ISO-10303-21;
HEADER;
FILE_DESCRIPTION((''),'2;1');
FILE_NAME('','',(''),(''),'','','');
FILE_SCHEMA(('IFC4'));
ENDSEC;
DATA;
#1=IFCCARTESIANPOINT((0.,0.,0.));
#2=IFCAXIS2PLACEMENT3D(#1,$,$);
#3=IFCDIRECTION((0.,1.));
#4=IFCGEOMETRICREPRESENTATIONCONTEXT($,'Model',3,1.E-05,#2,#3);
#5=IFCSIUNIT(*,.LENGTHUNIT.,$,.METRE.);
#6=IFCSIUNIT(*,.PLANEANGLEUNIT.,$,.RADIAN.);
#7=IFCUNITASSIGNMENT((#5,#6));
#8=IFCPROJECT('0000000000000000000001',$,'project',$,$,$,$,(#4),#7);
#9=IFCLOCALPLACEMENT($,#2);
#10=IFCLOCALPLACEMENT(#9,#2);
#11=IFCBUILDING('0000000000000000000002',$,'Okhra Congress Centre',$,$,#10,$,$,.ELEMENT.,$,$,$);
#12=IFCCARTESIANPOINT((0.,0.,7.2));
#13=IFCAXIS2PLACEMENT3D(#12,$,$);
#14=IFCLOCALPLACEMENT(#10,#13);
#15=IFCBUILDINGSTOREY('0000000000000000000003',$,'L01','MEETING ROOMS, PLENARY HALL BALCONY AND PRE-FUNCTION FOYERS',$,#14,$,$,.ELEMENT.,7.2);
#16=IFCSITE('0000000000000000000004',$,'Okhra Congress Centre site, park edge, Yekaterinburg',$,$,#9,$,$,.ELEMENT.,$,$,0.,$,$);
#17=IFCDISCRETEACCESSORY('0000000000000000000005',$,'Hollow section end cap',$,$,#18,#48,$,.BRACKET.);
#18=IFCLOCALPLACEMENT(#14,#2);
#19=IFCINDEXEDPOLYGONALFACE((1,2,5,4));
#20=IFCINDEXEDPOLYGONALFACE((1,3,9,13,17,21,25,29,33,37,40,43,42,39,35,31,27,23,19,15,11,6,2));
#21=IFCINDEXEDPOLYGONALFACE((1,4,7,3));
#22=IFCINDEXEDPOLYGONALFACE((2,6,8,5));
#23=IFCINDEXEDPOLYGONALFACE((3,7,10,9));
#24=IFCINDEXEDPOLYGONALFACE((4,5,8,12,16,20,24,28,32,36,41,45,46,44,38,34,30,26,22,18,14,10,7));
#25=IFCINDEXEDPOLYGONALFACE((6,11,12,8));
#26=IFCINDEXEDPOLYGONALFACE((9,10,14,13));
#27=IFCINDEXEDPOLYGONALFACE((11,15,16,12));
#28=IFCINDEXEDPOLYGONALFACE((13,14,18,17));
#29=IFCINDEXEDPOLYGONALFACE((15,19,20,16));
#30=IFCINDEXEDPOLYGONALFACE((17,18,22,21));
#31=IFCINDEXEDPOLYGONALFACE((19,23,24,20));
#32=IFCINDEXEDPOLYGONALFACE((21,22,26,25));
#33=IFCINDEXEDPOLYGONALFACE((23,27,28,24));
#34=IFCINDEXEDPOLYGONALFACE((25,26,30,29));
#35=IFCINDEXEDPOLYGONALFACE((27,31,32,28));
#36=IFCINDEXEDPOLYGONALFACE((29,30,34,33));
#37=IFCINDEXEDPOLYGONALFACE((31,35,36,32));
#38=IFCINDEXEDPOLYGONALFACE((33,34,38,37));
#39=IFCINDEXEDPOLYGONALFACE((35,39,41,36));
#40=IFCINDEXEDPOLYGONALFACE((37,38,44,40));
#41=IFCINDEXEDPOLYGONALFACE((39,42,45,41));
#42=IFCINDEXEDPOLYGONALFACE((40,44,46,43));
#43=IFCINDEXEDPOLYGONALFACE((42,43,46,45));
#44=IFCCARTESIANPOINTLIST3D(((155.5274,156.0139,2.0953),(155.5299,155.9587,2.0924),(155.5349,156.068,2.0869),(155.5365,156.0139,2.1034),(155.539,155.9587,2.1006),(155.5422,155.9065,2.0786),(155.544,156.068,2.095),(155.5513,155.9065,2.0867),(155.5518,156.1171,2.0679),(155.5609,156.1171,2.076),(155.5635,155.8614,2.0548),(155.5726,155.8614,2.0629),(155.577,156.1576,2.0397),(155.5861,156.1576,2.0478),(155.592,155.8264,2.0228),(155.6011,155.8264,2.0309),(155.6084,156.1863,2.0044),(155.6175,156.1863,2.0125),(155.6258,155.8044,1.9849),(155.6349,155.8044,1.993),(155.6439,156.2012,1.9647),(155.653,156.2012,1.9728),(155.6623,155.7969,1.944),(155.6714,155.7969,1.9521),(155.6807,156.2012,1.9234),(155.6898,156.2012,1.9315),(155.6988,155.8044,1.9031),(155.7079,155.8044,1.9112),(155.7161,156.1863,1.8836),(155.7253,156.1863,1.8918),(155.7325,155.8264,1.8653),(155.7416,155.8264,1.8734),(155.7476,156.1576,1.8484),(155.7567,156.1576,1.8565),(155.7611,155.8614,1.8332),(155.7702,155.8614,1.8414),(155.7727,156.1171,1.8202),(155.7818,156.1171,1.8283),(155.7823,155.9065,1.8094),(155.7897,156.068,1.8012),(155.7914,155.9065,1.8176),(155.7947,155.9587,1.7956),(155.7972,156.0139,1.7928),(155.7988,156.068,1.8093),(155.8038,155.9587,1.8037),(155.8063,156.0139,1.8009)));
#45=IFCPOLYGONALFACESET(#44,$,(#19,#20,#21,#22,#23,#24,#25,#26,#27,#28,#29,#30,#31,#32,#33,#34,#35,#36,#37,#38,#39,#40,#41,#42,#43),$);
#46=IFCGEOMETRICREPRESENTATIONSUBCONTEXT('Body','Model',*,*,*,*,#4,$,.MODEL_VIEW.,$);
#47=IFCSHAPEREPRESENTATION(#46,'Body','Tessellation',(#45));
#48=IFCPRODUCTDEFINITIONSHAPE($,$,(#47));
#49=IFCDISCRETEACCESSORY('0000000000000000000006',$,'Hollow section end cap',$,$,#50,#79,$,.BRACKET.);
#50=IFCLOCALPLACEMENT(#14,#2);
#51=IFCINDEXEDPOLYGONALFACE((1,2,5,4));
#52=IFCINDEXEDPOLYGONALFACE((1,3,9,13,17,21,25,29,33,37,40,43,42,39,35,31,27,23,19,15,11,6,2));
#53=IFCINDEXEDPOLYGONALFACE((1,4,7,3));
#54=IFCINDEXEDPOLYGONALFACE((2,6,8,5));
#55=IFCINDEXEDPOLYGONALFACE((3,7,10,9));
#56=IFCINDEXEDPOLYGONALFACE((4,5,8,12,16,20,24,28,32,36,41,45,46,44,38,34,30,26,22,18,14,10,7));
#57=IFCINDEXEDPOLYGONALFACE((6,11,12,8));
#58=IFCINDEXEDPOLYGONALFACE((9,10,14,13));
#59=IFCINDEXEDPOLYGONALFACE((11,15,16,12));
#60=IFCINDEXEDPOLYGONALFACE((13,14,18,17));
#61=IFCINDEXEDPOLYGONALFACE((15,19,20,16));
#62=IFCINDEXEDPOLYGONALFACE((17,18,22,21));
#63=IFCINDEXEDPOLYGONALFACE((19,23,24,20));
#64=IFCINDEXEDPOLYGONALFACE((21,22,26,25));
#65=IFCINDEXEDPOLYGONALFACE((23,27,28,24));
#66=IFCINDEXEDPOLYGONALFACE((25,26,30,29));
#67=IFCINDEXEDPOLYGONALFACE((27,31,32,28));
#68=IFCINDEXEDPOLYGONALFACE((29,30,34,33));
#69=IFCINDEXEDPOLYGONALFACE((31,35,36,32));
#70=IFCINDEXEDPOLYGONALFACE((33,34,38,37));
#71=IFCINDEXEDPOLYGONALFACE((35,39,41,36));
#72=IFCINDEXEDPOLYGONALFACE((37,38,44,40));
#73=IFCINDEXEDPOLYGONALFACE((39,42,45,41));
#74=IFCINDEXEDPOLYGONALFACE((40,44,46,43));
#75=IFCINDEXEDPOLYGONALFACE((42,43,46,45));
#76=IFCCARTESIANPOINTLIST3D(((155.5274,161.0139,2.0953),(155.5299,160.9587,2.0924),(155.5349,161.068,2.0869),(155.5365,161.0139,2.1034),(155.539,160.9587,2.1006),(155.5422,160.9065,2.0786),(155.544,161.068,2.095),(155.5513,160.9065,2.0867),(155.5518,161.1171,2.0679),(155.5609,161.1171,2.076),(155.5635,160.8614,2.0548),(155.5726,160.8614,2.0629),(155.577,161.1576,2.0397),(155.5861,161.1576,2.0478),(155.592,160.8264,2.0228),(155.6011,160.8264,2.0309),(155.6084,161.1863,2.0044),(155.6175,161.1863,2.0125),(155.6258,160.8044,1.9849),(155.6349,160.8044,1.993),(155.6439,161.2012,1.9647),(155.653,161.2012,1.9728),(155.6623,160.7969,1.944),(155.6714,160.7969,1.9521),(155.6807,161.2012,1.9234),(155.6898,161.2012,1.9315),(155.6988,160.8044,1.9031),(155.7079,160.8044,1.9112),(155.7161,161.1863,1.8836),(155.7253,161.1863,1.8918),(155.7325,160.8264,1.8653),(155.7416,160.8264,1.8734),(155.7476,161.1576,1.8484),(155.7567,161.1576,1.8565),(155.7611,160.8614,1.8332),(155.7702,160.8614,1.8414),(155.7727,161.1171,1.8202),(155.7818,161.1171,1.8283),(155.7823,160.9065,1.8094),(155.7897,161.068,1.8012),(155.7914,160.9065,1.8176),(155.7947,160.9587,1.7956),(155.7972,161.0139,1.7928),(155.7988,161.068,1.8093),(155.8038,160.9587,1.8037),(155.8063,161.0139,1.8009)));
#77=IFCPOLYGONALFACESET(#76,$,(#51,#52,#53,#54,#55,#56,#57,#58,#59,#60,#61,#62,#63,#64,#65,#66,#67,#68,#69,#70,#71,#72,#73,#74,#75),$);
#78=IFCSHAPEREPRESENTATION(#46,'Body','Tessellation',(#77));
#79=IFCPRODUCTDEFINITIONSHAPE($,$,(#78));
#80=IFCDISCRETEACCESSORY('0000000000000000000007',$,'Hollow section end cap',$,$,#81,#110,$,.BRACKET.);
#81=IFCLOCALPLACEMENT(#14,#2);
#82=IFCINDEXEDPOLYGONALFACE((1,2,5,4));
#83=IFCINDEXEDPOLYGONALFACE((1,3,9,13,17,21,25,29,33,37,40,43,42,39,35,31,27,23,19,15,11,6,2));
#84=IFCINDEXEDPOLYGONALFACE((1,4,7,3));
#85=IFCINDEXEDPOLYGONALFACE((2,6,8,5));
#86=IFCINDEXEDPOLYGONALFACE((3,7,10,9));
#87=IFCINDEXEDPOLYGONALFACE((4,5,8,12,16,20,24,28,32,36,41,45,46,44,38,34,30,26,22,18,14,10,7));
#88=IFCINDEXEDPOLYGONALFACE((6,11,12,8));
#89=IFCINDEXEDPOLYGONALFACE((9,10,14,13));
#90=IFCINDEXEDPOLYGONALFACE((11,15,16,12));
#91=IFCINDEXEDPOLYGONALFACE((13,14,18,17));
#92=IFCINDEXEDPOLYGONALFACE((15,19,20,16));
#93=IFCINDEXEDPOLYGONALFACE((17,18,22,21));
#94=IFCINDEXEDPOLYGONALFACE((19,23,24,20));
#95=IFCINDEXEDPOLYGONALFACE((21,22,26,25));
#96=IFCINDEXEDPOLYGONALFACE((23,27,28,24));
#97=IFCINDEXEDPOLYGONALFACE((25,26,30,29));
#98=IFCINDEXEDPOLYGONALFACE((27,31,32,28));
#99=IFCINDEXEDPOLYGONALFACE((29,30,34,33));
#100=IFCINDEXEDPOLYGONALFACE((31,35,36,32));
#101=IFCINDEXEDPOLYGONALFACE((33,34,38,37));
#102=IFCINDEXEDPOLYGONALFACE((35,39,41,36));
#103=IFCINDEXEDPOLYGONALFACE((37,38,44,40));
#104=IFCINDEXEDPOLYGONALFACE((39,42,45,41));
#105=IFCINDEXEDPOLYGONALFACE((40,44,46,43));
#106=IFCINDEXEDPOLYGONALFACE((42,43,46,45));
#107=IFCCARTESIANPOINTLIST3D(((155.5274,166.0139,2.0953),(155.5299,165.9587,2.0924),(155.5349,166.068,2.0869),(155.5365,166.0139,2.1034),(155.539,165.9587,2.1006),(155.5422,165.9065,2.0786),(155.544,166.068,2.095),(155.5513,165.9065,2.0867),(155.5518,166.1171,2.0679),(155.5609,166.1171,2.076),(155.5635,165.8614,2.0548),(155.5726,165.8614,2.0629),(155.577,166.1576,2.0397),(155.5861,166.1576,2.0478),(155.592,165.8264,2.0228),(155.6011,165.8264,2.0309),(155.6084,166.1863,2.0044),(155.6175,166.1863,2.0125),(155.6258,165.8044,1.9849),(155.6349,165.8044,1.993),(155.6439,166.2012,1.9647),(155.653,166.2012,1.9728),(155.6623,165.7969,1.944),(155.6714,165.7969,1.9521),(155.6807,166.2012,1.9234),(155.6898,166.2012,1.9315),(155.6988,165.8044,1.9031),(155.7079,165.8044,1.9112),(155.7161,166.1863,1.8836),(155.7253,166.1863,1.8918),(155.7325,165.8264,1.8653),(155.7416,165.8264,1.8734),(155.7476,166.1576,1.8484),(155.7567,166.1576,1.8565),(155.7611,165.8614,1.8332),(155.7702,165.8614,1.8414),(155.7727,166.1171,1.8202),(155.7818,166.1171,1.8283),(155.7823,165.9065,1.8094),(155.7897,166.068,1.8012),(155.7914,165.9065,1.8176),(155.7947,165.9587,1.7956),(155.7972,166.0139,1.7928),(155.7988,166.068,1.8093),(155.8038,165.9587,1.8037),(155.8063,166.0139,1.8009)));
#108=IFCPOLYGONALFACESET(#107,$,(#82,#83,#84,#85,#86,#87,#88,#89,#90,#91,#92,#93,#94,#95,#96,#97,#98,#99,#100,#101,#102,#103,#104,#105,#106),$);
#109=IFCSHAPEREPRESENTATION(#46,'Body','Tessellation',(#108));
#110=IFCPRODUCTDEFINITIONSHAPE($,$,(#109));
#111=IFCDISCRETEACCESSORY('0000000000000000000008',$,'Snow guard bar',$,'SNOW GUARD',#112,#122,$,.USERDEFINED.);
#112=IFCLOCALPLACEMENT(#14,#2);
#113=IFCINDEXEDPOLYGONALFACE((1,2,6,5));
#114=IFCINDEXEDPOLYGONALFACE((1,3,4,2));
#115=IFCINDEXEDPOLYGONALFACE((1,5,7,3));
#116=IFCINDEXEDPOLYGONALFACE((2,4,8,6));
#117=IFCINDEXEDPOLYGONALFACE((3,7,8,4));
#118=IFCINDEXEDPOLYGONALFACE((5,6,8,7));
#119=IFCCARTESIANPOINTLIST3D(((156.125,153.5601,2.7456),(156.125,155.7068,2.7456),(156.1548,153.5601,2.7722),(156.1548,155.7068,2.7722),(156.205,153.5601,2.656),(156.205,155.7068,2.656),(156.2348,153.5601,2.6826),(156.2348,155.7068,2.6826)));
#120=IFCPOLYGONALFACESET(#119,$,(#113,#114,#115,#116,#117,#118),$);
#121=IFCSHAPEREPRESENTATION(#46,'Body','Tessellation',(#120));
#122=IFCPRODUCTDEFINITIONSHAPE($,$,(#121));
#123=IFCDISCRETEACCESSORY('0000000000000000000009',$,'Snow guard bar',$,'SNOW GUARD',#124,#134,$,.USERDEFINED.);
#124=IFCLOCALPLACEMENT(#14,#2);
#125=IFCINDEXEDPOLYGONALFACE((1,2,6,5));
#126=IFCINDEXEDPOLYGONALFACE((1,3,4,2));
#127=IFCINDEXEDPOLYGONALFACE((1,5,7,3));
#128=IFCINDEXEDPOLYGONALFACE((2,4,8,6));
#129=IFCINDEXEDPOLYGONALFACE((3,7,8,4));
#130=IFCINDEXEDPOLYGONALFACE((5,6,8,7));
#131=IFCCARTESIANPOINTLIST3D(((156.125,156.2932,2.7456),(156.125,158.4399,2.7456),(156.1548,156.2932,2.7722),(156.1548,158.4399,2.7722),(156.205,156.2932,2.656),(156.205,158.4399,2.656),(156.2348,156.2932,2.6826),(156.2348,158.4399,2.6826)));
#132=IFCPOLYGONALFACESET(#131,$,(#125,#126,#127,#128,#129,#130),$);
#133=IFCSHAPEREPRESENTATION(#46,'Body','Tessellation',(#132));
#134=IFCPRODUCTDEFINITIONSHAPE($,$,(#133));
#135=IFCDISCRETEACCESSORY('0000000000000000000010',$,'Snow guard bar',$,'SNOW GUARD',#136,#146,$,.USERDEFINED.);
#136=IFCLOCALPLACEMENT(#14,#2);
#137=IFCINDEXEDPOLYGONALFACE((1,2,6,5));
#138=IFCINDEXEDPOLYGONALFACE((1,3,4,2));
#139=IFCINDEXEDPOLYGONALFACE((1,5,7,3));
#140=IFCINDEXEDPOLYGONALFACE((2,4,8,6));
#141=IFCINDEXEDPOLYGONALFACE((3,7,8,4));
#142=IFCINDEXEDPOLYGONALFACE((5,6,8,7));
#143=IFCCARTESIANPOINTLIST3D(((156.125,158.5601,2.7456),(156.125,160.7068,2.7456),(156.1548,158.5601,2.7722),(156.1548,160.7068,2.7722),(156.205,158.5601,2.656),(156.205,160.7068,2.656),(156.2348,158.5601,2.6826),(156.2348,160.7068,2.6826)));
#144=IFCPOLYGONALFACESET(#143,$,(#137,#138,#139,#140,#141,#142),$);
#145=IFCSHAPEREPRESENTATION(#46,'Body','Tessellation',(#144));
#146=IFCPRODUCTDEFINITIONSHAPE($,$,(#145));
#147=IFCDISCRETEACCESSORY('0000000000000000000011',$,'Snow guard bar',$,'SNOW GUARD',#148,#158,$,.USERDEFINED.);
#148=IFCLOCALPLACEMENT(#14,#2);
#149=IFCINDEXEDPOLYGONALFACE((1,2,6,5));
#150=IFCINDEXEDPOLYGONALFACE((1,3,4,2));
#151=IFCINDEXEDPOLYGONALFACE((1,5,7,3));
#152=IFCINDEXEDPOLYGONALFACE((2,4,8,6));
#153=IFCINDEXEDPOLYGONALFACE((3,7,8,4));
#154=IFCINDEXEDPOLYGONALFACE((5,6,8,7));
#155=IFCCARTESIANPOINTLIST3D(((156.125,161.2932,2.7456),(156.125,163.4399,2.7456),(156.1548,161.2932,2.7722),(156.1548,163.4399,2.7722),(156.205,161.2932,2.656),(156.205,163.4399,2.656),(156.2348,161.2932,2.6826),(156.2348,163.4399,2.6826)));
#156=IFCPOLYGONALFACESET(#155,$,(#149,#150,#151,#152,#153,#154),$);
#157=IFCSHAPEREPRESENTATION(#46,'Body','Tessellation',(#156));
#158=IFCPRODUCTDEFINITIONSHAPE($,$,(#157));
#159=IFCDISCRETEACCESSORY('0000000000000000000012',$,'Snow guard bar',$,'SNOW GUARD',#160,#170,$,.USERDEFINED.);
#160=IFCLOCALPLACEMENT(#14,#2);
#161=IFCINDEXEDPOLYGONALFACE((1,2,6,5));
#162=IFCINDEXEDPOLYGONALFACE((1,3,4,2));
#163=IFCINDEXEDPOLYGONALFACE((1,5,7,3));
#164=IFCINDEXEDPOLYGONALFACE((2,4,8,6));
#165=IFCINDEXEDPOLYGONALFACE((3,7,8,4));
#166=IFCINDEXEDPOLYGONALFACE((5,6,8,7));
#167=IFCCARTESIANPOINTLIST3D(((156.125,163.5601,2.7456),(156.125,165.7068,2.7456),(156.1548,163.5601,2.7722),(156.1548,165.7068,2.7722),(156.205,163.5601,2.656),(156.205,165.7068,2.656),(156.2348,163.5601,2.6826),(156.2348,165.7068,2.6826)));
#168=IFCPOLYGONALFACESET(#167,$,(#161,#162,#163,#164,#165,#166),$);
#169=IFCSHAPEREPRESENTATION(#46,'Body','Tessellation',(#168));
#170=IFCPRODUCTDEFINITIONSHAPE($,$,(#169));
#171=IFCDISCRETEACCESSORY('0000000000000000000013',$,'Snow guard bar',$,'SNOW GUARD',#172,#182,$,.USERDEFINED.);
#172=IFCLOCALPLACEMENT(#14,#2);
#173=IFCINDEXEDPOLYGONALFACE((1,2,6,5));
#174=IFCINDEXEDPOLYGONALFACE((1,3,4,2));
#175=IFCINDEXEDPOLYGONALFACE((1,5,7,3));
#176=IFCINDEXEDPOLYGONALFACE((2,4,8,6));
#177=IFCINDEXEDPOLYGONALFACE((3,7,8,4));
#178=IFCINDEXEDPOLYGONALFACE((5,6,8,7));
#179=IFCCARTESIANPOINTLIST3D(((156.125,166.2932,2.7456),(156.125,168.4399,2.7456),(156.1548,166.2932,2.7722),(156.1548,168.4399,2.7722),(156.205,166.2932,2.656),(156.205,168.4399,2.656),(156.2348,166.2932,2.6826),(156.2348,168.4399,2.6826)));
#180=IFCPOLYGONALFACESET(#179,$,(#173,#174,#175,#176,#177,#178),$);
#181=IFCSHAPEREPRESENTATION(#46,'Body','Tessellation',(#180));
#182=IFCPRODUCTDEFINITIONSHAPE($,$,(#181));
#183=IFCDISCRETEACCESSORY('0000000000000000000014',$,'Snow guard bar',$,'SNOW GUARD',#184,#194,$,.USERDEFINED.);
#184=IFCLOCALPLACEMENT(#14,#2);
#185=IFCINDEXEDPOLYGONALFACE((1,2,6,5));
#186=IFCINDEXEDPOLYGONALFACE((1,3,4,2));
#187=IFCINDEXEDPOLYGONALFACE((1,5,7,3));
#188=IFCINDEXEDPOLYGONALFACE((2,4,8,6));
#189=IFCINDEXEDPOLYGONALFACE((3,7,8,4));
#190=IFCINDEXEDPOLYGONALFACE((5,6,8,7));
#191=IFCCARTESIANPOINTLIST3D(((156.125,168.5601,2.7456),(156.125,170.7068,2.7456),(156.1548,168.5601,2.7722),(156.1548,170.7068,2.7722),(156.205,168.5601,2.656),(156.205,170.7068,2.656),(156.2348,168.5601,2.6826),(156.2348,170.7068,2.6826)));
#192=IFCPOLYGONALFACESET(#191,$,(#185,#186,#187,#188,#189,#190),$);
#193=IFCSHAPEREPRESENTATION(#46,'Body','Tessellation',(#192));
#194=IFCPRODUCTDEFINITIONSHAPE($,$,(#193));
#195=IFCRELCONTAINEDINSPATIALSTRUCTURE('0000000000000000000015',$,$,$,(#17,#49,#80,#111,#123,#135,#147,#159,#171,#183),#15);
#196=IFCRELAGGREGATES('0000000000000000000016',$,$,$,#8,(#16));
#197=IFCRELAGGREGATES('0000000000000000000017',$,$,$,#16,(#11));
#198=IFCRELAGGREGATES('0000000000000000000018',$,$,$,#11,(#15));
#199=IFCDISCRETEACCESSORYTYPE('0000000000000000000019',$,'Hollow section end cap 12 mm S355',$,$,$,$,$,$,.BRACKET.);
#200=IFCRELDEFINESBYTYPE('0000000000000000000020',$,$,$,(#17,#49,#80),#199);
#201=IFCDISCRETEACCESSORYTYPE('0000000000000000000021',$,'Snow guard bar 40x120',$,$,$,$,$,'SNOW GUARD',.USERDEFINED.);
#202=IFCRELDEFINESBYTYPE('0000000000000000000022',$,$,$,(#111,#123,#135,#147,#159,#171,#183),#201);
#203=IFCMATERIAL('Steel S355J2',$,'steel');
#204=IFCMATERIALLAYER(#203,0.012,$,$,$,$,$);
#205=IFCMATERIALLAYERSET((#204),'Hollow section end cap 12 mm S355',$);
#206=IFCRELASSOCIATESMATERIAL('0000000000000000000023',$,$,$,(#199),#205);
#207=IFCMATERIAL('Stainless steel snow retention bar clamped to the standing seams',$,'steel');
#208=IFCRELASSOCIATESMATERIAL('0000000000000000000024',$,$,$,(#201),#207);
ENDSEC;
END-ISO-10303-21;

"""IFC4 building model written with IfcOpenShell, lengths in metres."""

from ifc_helpers import new_model, si_unit, direction, frame, origin, origin_2d, place, context, subcontext, project, spatial, polyline, circle, outline, extrude, material, layer, layer_set, type_object, element, save


model = new_model("IFC4")

# Units and contexts
model_context = context("Model", 3, precision=1e-05, world=origin(), true_north=direction((0.0, 1.0)))
body_context = subcontext(model_context, "Body", "Model", "MODEL_VIEW")
ifc_project = project(units=[si_unit("LENGTHUNIT", "METRE"), si_unit("PLANEANGLEUNIT", "RADIAN")], contexts=[model_context])

# Site, building, storey
site_placement = place(None, origin())
site = spatial("IfcSite", under=ifc_project, at=site_placement, Name="Okhra Congress Centre site, park edge, Yekaterinburg", CompositionType="ELEMENT", RefElevation=0.0)
building_placement = place(site_placement, origin())
building = spatial("IfcBuilding", under=site, at=building_placement, Name="Okhra Congress Centre", CompositionType="ELEMENT")
storey_placement = place(building_placement, frame((0.0, 0.0, 7.2)))
storey = spatial("IfcBuildingStorey", under=building, at=storey_placement, Name="L01", Description="MEETING ROOMS, PLENARY HALL BALCONY AND PRE-FUNCTION FOYERS", CompositionType="ELEMENT", Elevation=7.2)

# Shared definitions
ifc_material_1 = material(Name="Steel S355J2", Category="steel")

# Discrete accessories
ifc_layer_1 = layer(ifc_material_1, 0.012)
ifc_layer_set_1 = layer_set([ifc_layer_1], Name="Hollow section end cap 12 mm S355")
discrete_accessory_type_1 = type_object("IfcDiscreteAccessoryType", Name="Hollow section end cap 12 mm S355", PredefinedType="BRACKET", material=ifc_layer_set_1)
for number, where, z_axis, x_axis, name in (
    (1, (155.6714, 156.0, 1.9521), (-0.746295, 0.0, -0.665615), (0.0, -1.0, 0.0), "Hollow section end cap"),
    (2, (155.6714, 161.0, 1.9521), (-0.746295, 0.0, -0.665615), (0.0, -1.0, 0.0), "Hollow section end cap"),
    (3, (155.6714, 166.0, 1.9521), (-0.746295, 0.0, -0.665615), (0.0, -1.0, 0.0), "Hollow section end cap"),
):
    element("IfcDiscreteAccessory", number, at=place(storey_placement, frame(where, z_axis=z_axis, x_axis=x_axis)), inside=storey, type_object=discrete_accessory_type_1, Name=name, PredefinedType="BRACKET", context=body_context, shape_type="SweptSolid", body=[
        extrude(circle(Radius=0.2031, at=origin_2d()), origin(), (0.0, 0.0, 1.0), 0.0122),
    ])
ifc_material_2 = material(Name="Stainless steel snow retention bar clamped to the standing seams", Category="steel")
discrete_accessory_type_2 = type_object("IfcDiscreteAccessoryType", Name="Snow guard bar 40x120", ElementType="SNOW GUARD", PredefinedType="USERDEFINED", material=ifc_material_2)
for number, where, z_axis, x_axis, name in (
    (4, (156.125, 153.5601, 2.7456), (-0.666259, 0.0, 0.745721), (0.745721, 0.0, 0.666259), "Snow guard bar"),
    (5, (156.125, 156.2932, 2.7456), (-0.666259, 0.0, 0.745721), (0.745721, 0.0, 0.666259), "Snow guard bar"),
    (6, (156.125, 158.5601, 2.7456), (-0.666259, 0.0, 0.745721), (0.745721, 0.0, 0.666259), "Snow guard bar"),
    (7, (156.125, 161.2932, 2.7456), (-0.666259, 0.0, 0.745721), (0.745721, 0.0, 0.666259), "Snow guard bar"),
    (8, (156.125, 163.5601, 2.7456), (-0.666259, 0.0, 0.745721), (0.745721, 0.0, 0.666259), "Snow guard bar"),
    (9, (156.125, 166.2932, 2.7456), (-0.666259, 0.0, 0.745721), (0.745721, 0.0, 0.666259), "Snow guard bar"),
    (10, (156.125, 168.5601, 2.7456), (-0.666259, 0.0, 0.745721), (0.745721, 0.0, 0.666259), "Snow guard bar"),
):
    element("IfcDiscreteAccessory", number, at=place(storey_placement, frame(where, z_axis=z_axis, x_axis=x_axis)), inside=storey, type_object=discrete_accessory_type_2, Name=name, ObjectType="SNOW GUARD", PredefinedType="USERDEFINED", context=body_context, shape_type="SweptSolid", body=[
        extrude(outline(polyline([(0.0, 0.0), (0.0399, 0.0), (0.0399, 2.1467), (0.0, 2.1467), (0.0, 0.0)])), origin(), (0.0, 0.0, -1.0), 0.1201),
    ])

save(model, "model.ifc")
